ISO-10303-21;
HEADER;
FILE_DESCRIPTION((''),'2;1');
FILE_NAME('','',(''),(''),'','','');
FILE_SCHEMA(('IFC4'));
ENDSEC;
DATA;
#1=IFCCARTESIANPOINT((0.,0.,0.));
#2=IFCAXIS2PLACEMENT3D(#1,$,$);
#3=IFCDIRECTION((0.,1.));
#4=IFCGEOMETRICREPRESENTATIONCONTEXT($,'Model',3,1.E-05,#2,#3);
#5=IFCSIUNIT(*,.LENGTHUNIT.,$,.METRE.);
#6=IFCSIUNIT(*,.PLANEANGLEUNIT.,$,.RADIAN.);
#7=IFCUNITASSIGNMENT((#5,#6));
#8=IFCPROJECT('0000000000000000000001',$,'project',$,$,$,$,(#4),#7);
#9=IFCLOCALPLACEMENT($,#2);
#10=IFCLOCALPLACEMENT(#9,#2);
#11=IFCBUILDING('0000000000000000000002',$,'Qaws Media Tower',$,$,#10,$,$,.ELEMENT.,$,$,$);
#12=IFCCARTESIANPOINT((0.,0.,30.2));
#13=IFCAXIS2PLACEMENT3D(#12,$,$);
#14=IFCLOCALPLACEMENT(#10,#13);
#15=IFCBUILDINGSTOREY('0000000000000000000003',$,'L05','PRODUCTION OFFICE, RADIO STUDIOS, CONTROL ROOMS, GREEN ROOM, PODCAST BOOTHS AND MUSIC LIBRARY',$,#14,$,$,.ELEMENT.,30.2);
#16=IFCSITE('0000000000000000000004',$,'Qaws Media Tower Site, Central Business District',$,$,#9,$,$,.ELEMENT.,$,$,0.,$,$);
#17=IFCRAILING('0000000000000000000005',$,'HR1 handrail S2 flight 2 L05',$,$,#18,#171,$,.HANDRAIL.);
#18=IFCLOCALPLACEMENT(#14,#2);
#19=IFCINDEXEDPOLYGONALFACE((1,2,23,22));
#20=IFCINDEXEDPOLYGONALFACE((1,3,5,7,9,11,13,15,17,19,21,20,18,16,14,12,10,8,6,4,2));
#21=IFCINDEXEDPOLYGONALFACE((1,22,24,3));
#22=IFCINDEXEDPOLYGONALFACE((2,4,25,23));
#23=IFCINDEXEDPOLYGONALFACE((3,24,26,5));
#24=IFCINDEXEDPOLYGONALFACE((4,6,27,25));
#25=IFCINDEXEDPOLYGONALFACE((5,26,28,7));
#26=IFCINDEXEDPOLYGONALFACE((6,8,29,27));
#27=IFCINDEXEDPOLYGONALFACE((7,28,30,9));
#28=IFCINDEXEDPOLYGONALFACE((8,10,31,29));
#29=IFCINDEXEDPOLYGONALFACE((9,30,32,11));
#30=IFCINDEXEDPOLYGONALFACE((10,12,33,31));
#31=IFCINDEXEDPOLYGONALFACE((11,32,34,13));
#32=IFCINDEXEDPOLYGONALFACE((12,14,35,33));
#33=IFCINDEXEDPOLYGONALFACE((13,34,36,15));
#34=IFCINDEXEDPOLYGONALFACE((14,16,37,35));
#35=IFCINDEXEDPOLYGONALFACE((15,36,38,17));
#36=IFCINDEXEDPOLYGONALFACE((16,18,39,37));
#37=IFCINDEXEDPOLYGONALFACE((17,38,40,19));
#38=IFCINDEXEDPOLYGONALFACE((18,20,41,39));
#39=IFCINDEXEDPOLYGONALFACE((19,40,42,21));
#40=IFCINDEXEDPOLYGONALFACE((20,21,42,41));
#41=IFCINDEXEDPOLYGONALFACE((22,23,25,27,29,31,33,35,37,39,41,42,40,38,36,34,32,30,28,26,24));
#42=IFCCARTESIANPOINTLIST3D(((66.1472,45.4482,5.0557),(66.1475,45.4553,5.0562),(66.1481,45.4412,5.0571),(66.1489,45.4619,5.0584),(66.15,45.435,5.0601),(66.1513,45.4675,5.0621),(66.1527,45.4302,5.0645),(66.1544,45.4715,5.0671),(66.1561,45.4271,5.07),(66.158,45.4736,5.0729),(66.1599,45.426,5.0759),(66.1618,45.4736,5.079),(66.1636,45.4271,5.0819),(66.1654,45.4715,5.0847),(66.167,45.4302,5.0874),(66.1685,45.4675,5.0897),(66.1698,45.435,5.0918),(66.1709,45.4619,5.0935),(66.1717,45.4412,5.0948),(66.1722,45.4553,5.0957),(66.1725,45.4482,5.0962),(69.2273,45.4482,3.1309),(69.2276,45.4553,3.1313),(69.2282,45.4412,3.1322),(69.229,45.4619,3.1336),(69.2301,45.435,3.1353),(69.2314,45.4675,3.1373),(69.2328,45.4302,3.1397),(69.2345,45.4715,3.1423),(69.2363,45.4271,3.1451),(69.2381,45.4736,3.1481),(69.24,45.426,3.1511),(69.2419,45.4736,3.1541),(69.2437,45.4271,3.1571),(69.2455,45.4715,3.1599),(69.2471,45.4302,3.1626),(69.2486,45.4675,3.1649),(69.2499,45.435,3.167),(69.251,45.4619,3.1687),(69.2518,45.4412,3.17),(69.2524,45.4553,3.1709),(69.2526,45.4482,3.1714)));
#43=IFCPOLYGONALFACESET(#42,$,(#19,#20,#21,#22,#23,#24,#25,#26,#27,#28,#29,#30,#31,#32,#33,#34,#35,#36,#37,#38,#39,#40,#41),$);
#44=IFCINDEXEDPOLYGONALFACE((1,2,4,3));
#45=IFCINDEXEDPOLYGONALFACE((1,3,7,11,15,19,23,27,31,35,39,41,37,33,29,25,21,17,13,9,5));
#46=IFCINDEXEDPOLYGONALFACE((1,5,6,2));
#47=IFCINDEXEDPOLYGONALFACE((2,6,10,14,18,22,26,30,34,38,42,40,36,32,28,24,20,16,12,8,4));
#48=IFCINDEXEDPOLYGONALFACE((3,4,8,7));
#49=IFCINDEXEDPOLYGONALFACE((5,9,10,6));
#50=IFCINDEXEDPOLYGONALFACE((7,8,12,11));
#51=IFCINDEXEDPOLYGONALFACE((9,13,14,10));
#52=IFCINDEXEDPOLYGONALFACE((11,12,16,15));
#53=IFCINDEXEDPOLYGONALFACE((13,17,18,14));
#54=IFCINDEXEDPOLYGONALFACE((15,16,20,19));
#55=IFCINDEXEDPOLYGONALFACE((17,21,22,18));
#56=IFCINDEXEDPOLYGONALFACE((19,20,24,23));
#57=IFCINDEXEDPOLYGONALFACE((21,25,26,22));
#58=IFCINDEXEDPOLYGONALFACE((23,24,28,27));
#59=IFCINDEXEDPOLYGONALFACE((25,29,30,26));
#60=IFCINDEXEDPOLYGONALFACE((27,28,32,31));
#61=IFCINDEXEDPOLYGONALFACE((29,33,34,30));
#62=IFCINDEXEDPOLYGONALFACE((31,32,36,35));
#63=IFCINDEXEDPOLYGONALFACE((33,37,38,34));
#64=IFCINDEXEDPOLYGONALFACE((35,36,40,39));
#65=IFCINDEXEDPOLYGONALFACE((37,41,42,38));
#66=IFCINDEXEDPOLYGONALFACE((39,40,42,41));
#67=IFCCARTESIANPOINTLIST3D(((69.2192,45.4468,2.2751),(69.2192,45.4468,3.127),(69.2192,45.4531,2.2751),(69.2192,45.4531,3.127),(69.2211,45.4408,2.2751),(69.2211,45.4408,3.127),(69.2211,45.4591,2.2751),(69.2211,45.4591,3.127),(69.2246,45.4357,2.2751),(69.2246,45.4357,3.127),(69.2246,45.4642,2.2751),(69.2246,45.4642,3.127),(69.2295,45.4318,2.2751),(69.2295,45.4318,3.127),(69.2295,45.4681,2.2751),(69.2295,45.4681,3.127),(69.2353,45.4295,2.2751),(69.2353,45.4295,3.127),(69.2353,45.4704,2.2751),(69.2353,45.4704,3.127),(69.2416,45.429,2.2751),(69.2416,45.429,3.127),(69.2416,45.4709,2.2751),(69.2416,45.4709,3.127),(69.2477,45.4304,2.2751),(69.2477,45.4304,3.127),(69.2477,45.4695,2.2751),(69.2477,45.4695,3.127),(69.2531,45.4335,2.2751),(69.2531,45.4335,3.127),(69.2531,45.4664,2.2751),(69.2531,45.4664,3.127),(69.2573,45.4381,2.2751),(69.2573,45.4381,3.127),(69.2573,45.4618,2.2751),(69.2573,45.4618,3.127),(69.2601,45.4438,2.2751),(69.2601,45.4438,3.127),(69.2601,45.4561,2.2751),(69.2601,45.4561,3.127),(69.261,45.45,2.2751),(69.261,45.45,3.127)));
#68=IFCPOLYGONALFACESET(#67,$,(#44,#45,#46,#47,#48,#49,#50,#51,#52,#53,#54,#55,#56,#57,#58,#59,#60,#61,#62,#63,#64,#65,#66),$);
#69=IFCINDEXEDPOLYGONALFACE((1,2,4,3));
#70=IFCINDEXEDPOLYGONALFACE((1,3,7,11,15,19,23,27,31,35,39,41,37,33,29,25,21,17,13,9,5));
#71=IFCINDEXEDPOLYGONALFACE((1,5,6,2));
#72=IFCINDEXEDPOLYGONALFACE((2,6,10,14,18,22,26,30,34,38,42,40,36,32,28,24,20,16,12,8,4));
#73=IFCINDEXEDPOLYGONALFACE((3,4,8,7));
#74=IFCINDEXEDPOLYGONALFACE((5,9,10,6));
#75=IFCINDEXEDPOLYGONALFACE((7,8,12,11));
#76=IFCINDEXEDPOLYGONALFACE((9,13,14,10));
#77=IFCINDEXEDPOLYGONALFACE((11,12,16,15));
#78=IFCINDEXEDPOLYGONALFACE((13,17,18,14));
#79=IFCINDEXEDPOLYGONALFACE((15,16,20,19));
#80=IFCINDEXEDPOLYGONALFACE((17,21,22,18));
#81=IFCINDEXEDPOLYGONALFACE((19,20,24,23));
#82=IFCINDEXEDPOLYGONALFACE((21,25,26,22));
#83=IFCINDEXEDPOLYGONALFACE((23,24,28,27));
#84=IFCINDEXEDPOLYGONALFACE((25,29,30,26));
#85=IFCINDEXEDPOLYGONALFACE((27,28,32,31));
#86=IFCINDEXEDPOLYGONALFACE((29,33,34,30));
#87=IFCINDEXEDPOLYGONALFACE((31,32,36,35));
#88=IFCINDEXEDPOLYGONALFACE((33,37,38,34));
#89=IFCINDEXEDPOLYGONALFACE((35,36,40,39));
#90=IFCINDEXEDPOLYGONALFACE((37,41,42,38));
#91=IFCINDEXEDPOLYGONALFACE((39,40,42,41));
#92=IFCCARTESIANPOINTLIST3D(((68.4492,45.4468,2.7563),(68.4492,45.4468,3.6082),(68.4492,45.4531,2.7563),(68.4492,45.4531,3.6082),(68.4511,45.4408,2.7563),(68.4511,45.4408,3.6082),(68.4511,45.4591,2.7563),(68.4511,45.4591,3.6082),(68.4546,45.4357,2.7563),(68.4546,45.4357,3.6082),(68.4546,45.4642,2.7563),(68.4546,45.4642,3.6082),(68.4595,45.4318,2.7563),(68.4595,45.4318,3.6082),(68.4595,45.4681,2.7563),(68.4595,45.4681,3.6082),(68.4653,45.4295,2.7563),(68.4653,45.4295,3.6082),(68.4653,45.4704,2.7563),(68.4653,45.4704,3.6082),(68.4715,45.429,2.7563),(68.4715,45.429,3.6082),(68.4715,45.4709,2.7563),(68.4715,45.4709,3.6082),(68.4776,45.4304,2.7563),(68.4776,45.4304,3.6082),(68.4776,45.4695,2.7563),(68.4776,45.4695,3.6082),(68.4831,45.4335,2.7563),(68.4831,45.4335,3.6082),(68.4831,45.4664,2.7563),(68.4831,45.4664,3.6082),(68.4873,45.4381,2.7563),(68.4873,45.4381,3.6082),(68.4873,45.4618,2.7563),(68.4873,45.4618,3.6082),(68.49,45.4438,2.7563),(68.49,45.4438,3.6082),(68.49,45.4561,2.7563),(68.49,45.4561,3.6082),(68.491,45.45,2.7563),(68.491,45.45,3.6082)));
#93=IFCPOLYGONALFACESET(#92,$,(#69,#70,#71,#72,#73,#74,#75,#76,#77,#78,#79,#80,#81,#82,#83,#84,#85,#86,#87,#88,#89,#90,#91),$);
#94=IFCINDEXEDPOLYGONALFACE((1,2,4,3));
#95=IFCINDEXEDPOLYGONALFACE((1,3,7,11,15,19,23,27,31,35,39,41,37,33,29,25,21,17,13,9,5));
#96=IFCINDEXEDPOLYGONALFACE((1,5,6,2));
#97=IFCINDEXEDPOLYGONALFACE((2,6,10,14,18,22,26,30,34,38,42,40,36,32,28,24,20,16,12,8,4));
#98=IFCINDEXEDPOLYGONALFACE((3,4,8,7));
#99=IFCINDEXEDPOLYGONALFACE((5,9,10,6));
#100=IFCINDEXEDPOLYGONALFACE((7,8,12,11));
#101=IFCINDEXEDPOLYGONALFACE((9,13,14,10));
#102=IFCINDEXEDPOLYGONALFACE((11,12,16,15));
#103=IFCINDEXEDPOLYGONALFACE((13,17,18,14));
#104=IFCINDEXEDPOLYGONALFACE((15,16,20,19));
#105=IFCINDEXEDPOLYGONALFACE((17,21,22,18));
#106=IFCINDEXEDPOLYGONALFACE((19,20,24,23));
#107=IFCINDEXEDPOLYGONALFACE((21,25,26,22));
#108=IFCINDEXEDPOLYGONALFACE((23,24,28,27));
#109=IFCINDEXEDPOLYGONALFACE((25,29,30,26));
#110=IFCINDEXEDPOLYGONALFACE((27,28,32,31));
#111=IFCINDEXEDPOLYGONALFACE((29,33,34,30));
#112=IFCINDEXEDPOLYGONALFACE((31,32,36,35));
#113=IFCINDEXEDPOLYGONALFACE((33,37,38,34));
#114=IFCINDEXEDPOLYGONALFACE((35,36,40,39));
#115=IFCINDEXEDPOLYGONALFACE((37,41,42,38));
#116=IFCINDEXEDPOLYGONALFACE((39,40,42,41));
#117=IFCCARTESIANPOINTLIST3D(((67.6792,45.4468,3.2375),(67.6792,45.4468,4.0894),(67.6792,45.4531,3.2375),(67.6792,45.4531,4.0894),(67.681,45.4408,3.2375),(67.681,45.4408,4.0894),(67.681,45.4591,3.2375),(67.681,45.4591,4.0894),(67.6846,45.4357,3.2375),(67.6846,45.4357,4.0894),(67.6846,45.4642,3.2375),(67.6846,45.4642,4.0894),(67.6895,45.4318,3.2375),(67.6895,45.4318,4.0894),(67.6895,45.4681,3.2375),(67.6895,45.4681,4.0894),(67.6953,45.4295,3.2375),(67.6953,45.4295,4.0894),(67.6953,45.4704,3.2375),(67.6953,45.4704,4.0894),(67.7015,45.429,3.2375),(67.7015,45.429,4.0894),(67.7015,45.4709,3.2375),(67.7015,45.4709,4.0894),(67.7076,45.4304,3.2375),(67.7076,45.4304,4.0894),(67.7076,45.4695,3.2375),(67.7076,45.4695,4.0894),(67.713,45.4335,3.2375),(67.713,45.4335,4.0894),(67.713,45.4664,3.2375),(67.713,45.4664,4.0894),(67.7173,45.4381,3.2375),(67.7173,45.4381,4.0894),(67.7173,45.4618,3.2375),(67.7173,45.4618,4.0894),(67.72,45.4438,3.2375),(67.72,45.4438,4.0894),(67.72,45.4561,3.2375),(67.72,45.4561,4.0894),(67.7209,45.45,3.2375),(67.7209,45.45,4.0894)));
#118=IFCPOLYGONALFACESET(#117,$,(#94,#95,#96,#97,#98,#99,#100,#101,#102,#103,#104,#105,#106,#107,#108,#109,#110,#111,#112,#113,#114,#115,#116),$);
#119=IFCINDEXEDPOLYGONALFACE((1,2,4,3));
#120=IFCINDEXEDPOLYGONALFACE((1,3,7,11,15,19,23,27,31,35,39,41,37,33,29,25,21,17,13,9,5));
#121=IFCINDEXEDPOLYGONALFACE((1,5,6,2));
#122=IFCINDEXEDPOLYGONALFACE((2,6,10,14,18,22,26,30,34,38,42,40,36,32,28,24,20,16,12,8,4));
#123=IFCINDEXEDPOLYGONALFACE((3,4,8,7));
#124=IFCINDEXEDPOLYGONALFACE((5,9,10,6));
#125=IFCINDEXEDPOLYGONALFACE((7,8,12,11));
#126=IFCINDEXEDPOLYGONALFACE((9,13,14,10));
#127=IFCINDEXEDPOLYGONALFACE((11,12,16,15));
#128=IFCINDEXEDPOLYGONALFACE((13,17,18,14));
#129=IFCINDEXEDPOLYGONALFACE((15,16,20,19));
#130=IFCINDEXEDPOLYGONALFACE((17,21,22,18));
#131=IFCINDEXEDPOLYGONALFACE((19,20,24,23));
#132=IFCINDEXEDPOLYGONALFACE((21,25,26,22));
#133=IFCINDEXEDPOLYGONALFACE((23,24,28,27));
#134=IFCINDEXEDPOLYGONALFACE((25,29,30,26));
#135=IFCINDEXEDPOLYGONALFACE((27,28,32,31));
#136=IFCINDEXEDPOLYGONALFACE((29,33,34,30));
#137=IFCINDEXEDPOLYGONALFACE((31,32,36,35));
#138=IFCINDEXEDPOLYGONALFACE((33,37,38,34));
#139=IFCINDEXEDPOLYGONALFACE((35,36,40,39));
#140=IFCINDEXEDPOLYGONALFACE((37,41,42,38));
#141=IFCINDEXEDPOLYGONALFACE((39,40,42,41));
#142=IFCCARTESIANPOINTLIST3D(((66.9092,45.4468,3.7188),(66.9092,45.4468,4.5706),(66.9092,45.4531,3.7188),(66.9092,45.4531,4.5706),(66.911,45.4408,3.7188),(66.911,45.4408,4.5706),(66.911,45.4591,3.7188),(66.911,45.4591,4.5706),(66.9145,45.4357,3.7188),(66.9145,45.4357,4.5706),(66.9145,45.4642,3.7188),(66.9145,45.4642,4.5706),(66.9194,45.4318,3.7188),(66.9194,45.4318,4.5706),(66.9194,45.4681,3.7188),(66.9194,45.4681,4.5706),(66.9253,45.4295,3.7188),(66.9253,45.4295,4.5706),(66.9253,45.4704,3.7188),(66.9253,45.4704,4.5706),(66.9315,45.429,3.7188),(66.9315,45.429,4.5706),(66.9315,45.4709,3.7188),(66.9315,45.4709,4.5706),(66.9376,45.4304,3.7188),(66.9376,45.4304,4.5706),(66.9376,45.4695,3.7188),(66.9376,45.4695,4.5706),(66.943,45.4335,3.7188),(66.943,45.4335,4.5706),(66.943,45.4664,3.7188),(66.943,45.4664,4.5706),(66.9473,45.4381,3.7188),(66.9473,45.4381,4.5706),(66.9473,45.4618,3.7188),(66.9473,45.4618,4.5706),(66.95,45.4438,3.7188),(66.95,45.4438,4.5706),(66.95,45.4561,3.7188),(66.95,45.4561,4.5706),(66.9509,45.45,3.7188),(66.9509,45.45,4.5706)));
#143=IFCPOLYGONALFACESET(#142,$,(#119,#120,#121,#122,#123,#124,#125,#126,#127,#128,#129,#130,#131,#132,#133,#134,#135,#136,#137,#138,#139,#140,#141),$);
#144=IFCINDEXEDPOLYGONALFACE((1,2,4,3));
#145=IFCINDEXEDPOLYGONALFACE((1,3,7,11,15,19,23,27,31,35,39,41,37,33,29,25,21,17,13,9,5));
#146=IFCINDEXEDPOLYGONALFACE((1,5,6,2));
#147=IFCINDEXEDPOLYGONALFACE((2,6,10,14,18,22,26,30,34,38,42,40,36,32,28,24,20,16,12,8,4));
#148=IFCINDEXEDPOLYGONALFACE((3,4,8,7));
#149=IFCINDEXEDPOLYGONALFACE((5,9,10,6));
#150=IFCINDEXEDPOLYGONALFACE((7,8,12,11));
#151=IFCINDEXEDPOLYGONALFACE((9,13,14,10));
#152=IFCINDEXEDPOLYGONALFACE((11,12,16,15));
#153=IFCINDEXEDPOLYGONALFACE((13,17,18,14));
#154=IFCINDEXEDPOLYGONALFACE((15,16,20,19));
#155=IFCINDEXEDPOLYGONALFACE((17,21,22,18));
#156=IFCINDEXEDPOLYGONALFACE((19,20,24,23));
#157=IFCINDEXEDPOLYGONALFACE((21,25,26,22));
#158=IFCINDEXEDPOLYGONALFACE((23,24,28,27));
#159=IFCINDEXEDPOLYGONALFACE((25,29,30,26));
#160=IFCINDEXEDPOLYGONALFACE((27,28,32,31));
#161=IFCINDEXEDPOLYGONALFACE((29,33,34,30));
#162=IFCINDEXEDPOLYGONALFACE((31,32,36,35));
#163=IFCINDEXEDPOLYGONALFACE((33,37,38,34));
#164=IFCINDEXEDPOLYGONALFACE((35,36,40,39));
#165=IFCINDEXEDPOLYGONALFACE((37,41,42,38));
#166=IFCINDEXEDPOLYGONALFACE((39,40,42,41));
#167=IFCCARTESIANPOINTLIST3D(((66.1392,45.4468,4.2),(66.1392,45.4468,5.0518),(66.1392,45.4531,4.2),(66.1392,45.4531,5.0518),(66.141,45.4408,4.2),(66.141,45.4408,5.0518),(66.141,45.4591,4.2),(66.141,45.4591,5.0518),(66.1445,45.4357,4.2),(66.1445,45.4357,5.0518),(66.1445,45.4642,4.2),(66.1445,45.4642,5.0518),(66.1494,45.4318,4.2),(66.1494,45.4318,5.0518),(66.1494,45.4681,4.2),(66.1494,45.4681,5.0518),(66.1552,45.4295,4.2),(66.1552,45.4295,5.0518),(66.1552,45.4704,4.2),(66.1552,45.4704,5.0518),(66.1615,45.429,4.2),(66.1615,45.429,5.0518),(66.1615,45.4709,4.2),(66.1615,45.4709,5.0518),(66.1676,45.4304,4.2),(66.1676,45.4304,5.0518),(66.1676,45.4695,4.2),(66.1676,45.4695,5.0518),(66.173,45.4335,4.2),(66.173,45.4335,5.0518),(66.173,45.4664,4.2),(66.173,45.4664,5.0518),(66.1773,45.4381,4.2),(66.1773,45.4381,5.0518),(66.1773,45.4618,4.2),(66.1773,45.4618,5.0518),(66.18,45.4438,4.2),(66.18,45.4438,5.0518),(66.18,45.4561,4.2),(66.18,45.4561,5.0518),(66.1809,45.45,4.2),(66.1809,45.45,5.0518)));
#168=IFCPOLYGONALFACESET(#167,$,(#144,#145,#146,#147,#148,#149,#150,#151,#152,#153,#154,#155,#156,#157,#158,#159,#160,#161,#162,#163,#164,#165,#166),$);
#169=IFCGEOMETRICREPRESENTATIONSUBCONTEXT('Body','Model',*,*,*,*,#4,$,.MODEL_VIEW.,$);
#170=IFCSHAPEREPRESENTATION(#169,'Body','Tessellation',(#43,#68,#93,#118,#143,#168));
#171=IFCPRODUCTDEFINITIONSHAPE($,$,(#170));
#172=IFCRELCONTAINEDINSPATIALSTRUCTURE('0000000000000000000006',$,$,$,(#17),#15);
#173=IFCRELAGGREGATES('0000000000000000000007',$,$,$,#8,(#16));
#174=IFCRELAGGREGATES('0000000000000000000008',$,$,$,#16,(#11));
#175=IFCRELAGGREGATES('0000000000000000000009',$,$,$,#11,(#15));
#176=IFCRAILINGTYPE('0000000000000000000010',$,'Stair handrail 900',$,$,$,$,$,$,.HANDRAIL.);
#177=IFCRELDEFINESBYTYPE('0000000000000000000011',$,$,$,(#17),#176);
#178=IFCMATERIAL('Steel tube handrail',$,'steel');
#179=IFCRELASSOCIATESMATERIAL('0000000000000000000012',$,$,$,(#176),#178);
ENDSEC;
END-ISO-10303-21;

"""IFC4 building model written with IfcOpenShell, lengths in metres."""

from ifc_helpers import new_model, si_unit, direction, frame, origin, origin_2d, place, context, subcontext, project, spatial, circle, extrude, material, type_object, element, save


model = new_model("IFC4")

# Units and contexts
model_context = context("Model", 3, precision=1e-05, world=origin(), true_north=direction((0.0, 1.0)))
body_context = subcontext(model_context, "Body", "Model", "MODEL_VIEW")
ifc_project = project(units=[si_unit("LENGTHUNIT", "METRE"), si_unit("PLANEANGLEUNIT", "RADIAN")], contexts=[model_context])

# Site, building, storey
site_placement = place(None, origin())
site = spatial("IfcSite", under=ifc_project, at=site_placement, Name="Qaws Media Tower Site, Central Business District", CompositionType="ELEMENT", RefElevation=0.0)
building_placement = place(site_placement, origin())
building = spatial("IfcBuilding", under=site, at=building_placement, Name="Qaws Media Tower", CompositionType="ELEMENT")
storey_placement = place(building_placement, frame((0.0, 0.0, 30.2)))
storey = spatial("IfcBuildingStorey", under=building, at=storey_placement, Name="L05", Description="PRODUCTION OFFICE, RADIO STUDIOS, CONTROL ROOMS, GREEN ROOM, PODCAST BOOTHS AND MUSIC LIBRARY", CompositionType="ELEMENT", Elevation=30.2)

# Railing
ifc_material_1 = material(Name="Steel tube handrail", Category="steel")
railing_type = type_object("IfcRailingType", Name="Stair handrail 900", PredefinedType="HANDRAIL", material=ifc_material_1)
railing_1_placement = place(storey_placement, frame((69.24, 45.45, 2.2751)))
element("IfcRailing", 1, at=railing_1_placement, inside=storey, type_object=railing_type, Name="HR1 handrail S2 flight 2 L05", PredefinedType="HANDRAIL", context=body_context, shape_type="SweptSolid", body=[
    extrude(circle(Radius=0.0239, at=origin_2d()), frame((0.0, 0.0, 0.876), z_axis=(-0.848029, 0.0, 0.529951), x_axis=(0.0, -1.0, 0.0)), (0.0, 0.0, 1.0), 3.6321),
    extrude(circle(Radius=0.021, at=origin_2d()), origin(), (0.0, 0.0, 1.0), 0.8518),
    extrude(circle(Radius=0.021, at=origin_2d()), frame((-0.77, 0.0, 0.4812)), (0.0, 0.0, 1.0), 0.8518),
    extrude(circle(Radius=0.021, at=origin_2d()), frame((-1.54, 0.0, 0.9624)), (0.0, 0.0, 1.0), 0.8518),
    extrude(circle(Radius=0.021, at=origin_2d()), frame((-2.3101, 0.0, 1.4436)), (0.0, 0.0, 1.0), 0.8518),
    extrude(circle(Radius=0.021, at=origin_2d()), frame((-3.0801, 0.0, 1.9248)), (0.0, 0.0, 1.0), 0.8518),
])

save(model, "model.ifc")
